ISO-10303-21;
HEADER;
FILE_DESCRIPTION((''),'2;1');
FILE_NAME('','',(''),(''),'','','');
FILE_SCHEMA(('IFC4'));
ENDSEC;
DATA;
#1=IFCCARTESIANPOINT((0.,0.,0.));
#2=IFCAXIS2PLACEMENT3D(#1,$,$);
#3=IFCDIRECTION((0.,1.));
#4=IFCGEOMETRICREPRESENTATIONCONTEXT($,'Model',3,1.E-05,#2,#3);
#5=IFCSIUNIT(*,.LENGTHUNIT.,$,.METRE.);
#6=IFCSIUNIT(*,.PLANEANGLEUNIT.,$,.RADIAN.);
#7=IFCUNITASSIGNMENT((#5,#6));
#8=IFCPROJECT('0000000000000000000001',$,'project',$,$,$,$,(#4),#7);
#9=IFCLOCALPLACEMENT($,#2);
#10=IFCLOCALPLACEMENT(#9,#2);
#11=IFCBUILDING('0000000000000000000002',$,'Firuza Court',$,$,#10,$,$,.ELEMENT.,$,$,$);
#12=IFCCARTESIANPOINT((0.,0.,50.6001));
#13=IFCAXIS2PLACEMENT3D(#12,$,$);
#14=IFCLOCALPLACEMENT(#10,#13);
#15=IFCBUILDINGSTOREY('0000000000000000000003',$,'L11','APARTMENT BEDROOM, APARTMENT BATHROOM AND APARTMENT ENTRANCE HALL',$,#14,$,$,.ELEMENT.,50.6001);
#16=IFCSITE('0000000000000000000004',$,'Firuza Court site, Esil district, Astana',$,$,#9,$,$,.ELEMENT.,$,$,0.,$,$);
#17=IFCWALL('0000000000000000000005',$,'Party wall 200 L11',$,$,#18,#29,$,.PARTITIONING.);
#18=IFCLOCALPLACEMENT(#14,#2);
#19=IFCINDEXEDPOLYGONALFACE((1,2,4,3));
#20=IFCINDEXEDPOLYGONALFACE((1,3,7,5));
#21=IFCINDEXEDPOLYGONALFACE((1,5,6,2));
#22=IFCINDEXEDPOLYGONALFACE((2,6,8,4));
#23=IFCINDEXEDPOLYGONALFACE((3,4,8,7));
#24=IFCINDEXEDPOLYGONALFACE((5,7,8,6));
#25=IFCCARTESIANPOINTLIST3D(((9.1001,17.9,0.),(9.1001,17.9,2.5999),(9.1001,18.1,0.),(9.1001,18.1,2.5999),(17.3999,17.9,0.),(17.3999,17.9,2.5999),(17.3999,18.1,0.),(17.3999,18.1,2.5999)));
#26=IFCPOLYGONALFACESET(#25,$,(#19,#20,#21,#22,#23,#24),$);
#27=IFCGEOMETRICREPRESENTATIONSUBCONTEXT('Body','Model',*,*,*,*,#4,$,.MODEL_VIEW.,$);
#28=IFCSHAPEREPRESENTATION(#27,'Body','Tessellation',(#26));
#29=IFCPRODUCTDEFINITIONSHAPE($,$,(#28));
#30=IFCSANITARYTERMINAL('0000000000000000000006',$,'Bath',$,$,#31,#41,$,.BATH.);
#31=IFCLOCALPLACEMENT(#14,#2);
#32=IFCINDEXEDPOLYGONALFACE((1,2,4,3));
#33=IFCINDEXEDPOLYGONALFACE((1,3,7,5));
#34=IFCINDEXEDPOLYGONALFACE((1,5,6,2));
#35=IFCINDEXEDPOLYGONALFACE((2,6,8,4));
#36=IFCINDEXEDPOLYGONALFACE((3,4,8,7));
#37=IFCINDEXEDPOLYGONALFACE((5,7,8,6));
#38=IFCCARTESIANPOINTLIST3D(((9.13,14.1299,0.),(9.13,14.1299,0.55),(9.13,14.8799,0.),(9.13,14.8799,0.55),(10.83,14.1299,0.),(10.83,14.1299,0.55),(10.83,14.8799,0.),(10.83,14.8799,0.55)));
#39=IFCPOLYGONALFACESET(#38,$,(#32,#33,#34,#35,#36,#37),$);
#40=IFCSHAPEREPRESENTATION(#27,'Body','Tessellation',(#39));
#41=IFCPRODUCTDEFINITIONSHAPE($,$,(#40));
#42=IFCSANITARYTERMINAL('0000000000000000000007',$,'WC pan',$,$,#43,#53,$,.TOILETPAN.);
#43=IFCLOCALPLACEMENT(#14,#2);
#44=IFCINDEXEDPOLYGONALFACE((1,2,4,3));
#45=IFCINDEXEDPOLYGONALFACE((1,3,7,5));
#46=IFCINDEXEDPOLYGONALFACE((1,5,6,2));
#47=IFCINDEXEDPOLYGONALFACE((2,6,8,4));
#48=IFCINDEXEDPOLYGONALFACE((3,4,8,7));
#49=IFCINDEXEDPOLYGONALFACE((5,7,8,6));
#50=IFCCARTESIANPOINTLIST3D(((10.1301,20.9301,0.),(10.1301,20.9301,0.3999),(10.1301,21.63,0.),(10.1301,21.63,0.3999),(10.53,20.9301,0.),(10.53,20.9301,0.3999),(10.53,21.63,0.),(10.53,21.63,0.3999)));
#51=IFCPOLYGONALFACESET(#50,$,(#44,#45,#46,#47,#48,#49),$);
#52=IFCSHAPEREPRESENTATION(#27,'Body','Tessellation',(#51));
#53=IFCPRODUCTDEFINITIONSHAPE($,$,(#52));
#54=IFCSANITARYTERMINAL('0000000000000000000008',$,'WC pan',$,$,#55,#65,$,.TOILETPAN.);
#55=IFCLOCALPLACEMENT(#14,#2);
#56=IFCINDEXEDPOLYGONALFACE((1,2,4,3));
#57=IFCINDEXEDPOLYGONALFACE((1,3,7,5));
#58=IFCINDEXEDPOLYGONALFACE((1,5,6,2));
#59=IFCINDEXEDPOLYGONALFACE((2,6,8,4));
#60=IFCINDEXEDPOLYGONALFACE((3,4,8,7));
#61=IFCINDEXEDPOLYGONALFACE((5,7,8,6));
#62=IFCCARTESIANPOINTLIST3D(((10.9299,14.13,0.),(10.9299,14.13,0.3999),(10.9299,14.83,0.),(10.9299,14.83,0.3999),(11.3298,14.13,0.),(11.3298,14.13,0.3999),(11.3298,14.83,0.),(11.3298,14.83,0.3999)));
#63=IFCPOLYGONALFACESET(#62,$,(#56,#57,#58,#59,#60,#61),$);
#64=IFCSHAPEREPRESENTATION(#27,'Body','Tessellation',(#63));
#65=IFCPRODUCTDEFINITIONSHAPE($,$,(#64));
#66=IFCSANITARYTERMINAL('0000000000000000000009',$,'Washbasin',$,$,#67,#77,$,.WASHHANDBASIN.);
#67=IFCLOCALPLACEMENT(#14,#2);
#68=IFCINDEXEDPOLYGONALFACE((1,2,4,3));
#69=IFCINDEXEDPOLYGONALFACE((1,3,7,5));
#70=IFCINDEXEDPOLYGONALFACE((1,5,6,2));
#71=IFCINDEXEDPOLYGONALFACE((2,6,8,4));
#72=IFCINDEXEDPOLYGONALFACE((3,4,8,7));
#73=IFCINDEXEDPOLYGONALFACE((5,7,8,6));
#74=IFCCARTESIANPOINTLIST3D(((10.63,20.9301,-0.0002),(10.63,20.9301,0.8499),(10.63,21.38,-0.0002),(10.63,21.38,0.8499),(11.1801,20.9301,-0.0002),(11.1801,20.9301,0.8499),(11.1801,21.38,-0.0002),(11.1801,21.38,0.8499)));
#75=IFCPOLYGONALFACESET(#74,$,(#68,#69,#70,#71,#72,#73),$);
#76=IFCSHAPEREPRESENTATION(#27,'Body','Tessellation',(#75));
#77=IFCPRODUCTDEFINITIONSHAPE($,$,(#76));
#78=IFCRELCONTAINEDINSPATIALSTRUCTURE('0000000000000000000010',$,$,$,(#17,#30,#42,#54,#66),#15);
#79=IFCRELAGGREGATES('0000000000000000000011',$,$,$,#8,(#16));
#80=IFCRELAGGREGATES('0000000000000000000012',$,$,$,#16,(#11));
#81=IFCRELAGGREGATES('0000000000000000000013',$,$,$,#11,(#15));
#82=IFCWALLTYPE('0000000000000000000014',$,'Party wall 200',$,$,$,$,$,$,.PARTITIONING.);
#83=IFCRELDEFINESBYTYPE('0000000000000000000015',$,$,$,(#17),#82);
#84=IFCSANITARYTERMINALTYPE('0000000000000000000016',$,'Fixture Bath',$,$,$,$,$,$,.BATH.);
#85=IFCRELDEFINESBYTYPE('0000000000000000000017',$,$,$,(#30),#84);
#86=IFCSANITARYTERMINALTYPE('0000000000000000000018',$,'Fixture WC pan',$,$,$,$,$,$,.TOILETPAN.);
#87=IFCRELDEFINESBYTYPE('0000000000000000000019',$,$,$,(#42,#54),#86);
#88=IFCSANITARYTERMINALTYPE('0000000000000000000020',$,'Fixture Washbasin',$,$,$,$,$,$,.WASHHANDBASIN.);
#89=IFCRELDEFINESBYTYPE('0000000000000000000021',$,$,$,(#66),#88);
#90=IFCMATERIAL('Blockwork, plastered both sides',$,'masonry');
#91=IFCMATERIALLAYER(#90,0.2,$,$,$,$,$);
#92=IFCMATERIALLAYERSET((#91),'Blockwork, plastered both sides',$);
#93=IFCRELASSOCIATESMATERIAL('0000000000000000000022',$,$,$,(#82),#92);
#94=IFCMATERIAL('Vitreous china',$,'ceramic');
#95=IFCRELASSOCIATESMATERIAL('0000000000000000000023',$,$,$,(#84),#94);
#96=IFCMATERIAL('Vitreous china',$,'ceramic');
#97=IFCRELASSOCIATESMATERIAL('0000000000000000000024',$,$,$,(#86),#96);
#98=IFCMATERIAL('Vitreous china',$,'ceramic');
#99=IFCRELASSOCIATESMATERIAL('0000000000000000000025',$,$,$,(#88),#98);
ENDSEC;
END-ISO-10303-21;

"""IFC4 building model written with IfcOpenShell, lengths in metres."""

from ifc_helpers import new_model, si_unit, direction, frame, frame_2d, origin, origin_2d, place, context, subcontext, project, spatial, rectangle, extrude, material, layer, layer_set, type_object, element, save


model = new_model("IFC4")

# Units and contexts
model_context = context("Model", 3, precision=1e-05, world=origin(), true_north=direction((0.0, 1.0)))
body_context = subcontext(model_context, "Body", "Model", "MODEL_VIEW")
ifc_project = project(units=[si_unit("LENGTHUNIT", "METRE"), si_unit("PLANEANGLEUNIT", "RADIAN")], contexts=[model_context])

# Site, building, storey
site_placement = place(None, origin())
site = spatial("IfcSite", under=ifc_project, at=site_placement, Name="Firuza Court site, Esil district, Astana", CompositionType="ELEMENT", RefElevation=0.0)
building_placement = place(site_placement, origin())
building = spatial("IfcBuilding", under=site, at=building_placement, Name="Firuza Court", CompositionType="ELEMENT")
storey_placement = place(building_placement, frame((0.0, 0.0, 50.6001)))
storey = spatial("IfcBuildingStorey", under=building, at=storey_placement, Name="L11", Description="APARTMENT BEDROOM, APARTMENT BATHROOM AND APARTMENT ENTRANCE HALL", CompositionType="ELEMENT", Elevation=50.6001)

# Wall
ifc_material_1 = material(Name="Blockwork, plastered both sides", Category="masonry")
ifc_layer_1 = layer(ifc_material_1, 0.2)
ifc_layer_set_1 = layer_set([ifc_layer_1], Name="Blockwork, plastered both sides")
wall_type_1 = type_object("IfcWallType", Name="Party wall 200", PredefinedType="PARTITIONING", material=ifc_layer_set_1)
wall_1_placement = place(storey_placement, frame((9.1001, 18.0, 0.0), z_axis=(0.0, 0.0, 1.0), x_axis=(1.0, 0.0, 0.0)))
element("IfcWall", 1, at=wall_1_placement, inside=storey, type_object=wall_type_1, Name="Party wall 200 L11", PredefinedType="PARTITIONING", context=body_context, shape_type="SweptSolid", body=[
    extrude(rectangle(XDim=8.2998, YDim=0.2, at=frame_2d((4.1499, 0.0))), origin(), (0.0, 0.0, 1.0), 2.5999),
])

# Sanitary terminals
ifc_material_2 = material(Name="Vitreous china", Category="ceramic")
sanitary_terminal_type_1 = type_object("IfcSanitaryTerminalType", Name="Fixture Bath", PredefinedType="BATH", material=ifc_material_2)
sanitary_terminal_1_placement = place(storey_placement, frame((9.98, 14.5049, 0.0), z_axis=(0.0, 0.0, 1.0), x_axis=(1.0, 0.0, 0.0)))
element("IfcSanitaryTerminal", 2, at=sanitary_terminal_1_placement, inside=storey, type_object=sanitary_terminal_type_1, Name="Bath", PredefinedType="BATH", context=body_context, shape_type="SweptSolid", body=[
    extrude(rectangle(XDim=1.7, YDim=0.75, at=origin_2d()), origin(), (0.0, 0.0, 1.0), 0.55),
])
ifc_material_3 = material(Name="Vitreous china", Category="ceramic")
sanitary_terminal_type_2 = type_object("IfcSanitaryTerminalType", Name="Fixture WC pan", PredefinedType="TOILETPAN", material=ifc_material_3)
for number, where, z_axis, x_axis, name in (
    (3, (10.3301, 21.28, 0.0), (0.0, 0.0, 1.0), (1.0, 0.0, 0.0), "WC pan"),
    (4, (11.1299, 14.48, 0.0), (0.0, 0.0, 1.0), (1.0, 0.0, 0.0), "WC pan"),
):
    element("IfcSanitaryTerminal", number, at=place(storey_placement, frame(where, z_axis=z_axis, x_axis=x_axis)), inside=storey, type_object=sanitary_terminal_type_2, Name=name, PredefinedType="TOILETPAN", context=body_context, shape_type="SweptSolid", body=[
        extrude(rectangle(XDim=0.3999, YDim=0.7, at=origin_2d()), origin(), (0.0, 0.0, 1.0), 0.3999),
    ])
ifc_material_4 = material(Name="Vitreous china", Category="ceramic")
sanitary_terminal_type_3 = type_object("IfcSanitaryTerminalType", Name="Fixture Washbasin", PredefinedType="WASHHANDBASIN", material=ifc_material_4)
sanitary_terminal_2_placement = place(storey_placement, frame((10.905, 21.155, -0.0002), z_axis=(0.0, 0.0, 1.0), x_axis=(1.0, 0.0, 0.0)))
element("IfcSanitaryTerminal", 5, at=sanitary_terminal_2_placement, inside=storey, type_object=sanitary_terminal_type_3, Name="Washbasin", PredefinedType="WASHHANDBASIN", context=body_context, shape_type="SweptSolid", body=[
    extrude(rectangle(XDim=0.55, YDim=0.45, at=origin_2d()), origin(), (0.0, 0.0, 1.0), 0.8501),
])

save(model, "model.ifc")
